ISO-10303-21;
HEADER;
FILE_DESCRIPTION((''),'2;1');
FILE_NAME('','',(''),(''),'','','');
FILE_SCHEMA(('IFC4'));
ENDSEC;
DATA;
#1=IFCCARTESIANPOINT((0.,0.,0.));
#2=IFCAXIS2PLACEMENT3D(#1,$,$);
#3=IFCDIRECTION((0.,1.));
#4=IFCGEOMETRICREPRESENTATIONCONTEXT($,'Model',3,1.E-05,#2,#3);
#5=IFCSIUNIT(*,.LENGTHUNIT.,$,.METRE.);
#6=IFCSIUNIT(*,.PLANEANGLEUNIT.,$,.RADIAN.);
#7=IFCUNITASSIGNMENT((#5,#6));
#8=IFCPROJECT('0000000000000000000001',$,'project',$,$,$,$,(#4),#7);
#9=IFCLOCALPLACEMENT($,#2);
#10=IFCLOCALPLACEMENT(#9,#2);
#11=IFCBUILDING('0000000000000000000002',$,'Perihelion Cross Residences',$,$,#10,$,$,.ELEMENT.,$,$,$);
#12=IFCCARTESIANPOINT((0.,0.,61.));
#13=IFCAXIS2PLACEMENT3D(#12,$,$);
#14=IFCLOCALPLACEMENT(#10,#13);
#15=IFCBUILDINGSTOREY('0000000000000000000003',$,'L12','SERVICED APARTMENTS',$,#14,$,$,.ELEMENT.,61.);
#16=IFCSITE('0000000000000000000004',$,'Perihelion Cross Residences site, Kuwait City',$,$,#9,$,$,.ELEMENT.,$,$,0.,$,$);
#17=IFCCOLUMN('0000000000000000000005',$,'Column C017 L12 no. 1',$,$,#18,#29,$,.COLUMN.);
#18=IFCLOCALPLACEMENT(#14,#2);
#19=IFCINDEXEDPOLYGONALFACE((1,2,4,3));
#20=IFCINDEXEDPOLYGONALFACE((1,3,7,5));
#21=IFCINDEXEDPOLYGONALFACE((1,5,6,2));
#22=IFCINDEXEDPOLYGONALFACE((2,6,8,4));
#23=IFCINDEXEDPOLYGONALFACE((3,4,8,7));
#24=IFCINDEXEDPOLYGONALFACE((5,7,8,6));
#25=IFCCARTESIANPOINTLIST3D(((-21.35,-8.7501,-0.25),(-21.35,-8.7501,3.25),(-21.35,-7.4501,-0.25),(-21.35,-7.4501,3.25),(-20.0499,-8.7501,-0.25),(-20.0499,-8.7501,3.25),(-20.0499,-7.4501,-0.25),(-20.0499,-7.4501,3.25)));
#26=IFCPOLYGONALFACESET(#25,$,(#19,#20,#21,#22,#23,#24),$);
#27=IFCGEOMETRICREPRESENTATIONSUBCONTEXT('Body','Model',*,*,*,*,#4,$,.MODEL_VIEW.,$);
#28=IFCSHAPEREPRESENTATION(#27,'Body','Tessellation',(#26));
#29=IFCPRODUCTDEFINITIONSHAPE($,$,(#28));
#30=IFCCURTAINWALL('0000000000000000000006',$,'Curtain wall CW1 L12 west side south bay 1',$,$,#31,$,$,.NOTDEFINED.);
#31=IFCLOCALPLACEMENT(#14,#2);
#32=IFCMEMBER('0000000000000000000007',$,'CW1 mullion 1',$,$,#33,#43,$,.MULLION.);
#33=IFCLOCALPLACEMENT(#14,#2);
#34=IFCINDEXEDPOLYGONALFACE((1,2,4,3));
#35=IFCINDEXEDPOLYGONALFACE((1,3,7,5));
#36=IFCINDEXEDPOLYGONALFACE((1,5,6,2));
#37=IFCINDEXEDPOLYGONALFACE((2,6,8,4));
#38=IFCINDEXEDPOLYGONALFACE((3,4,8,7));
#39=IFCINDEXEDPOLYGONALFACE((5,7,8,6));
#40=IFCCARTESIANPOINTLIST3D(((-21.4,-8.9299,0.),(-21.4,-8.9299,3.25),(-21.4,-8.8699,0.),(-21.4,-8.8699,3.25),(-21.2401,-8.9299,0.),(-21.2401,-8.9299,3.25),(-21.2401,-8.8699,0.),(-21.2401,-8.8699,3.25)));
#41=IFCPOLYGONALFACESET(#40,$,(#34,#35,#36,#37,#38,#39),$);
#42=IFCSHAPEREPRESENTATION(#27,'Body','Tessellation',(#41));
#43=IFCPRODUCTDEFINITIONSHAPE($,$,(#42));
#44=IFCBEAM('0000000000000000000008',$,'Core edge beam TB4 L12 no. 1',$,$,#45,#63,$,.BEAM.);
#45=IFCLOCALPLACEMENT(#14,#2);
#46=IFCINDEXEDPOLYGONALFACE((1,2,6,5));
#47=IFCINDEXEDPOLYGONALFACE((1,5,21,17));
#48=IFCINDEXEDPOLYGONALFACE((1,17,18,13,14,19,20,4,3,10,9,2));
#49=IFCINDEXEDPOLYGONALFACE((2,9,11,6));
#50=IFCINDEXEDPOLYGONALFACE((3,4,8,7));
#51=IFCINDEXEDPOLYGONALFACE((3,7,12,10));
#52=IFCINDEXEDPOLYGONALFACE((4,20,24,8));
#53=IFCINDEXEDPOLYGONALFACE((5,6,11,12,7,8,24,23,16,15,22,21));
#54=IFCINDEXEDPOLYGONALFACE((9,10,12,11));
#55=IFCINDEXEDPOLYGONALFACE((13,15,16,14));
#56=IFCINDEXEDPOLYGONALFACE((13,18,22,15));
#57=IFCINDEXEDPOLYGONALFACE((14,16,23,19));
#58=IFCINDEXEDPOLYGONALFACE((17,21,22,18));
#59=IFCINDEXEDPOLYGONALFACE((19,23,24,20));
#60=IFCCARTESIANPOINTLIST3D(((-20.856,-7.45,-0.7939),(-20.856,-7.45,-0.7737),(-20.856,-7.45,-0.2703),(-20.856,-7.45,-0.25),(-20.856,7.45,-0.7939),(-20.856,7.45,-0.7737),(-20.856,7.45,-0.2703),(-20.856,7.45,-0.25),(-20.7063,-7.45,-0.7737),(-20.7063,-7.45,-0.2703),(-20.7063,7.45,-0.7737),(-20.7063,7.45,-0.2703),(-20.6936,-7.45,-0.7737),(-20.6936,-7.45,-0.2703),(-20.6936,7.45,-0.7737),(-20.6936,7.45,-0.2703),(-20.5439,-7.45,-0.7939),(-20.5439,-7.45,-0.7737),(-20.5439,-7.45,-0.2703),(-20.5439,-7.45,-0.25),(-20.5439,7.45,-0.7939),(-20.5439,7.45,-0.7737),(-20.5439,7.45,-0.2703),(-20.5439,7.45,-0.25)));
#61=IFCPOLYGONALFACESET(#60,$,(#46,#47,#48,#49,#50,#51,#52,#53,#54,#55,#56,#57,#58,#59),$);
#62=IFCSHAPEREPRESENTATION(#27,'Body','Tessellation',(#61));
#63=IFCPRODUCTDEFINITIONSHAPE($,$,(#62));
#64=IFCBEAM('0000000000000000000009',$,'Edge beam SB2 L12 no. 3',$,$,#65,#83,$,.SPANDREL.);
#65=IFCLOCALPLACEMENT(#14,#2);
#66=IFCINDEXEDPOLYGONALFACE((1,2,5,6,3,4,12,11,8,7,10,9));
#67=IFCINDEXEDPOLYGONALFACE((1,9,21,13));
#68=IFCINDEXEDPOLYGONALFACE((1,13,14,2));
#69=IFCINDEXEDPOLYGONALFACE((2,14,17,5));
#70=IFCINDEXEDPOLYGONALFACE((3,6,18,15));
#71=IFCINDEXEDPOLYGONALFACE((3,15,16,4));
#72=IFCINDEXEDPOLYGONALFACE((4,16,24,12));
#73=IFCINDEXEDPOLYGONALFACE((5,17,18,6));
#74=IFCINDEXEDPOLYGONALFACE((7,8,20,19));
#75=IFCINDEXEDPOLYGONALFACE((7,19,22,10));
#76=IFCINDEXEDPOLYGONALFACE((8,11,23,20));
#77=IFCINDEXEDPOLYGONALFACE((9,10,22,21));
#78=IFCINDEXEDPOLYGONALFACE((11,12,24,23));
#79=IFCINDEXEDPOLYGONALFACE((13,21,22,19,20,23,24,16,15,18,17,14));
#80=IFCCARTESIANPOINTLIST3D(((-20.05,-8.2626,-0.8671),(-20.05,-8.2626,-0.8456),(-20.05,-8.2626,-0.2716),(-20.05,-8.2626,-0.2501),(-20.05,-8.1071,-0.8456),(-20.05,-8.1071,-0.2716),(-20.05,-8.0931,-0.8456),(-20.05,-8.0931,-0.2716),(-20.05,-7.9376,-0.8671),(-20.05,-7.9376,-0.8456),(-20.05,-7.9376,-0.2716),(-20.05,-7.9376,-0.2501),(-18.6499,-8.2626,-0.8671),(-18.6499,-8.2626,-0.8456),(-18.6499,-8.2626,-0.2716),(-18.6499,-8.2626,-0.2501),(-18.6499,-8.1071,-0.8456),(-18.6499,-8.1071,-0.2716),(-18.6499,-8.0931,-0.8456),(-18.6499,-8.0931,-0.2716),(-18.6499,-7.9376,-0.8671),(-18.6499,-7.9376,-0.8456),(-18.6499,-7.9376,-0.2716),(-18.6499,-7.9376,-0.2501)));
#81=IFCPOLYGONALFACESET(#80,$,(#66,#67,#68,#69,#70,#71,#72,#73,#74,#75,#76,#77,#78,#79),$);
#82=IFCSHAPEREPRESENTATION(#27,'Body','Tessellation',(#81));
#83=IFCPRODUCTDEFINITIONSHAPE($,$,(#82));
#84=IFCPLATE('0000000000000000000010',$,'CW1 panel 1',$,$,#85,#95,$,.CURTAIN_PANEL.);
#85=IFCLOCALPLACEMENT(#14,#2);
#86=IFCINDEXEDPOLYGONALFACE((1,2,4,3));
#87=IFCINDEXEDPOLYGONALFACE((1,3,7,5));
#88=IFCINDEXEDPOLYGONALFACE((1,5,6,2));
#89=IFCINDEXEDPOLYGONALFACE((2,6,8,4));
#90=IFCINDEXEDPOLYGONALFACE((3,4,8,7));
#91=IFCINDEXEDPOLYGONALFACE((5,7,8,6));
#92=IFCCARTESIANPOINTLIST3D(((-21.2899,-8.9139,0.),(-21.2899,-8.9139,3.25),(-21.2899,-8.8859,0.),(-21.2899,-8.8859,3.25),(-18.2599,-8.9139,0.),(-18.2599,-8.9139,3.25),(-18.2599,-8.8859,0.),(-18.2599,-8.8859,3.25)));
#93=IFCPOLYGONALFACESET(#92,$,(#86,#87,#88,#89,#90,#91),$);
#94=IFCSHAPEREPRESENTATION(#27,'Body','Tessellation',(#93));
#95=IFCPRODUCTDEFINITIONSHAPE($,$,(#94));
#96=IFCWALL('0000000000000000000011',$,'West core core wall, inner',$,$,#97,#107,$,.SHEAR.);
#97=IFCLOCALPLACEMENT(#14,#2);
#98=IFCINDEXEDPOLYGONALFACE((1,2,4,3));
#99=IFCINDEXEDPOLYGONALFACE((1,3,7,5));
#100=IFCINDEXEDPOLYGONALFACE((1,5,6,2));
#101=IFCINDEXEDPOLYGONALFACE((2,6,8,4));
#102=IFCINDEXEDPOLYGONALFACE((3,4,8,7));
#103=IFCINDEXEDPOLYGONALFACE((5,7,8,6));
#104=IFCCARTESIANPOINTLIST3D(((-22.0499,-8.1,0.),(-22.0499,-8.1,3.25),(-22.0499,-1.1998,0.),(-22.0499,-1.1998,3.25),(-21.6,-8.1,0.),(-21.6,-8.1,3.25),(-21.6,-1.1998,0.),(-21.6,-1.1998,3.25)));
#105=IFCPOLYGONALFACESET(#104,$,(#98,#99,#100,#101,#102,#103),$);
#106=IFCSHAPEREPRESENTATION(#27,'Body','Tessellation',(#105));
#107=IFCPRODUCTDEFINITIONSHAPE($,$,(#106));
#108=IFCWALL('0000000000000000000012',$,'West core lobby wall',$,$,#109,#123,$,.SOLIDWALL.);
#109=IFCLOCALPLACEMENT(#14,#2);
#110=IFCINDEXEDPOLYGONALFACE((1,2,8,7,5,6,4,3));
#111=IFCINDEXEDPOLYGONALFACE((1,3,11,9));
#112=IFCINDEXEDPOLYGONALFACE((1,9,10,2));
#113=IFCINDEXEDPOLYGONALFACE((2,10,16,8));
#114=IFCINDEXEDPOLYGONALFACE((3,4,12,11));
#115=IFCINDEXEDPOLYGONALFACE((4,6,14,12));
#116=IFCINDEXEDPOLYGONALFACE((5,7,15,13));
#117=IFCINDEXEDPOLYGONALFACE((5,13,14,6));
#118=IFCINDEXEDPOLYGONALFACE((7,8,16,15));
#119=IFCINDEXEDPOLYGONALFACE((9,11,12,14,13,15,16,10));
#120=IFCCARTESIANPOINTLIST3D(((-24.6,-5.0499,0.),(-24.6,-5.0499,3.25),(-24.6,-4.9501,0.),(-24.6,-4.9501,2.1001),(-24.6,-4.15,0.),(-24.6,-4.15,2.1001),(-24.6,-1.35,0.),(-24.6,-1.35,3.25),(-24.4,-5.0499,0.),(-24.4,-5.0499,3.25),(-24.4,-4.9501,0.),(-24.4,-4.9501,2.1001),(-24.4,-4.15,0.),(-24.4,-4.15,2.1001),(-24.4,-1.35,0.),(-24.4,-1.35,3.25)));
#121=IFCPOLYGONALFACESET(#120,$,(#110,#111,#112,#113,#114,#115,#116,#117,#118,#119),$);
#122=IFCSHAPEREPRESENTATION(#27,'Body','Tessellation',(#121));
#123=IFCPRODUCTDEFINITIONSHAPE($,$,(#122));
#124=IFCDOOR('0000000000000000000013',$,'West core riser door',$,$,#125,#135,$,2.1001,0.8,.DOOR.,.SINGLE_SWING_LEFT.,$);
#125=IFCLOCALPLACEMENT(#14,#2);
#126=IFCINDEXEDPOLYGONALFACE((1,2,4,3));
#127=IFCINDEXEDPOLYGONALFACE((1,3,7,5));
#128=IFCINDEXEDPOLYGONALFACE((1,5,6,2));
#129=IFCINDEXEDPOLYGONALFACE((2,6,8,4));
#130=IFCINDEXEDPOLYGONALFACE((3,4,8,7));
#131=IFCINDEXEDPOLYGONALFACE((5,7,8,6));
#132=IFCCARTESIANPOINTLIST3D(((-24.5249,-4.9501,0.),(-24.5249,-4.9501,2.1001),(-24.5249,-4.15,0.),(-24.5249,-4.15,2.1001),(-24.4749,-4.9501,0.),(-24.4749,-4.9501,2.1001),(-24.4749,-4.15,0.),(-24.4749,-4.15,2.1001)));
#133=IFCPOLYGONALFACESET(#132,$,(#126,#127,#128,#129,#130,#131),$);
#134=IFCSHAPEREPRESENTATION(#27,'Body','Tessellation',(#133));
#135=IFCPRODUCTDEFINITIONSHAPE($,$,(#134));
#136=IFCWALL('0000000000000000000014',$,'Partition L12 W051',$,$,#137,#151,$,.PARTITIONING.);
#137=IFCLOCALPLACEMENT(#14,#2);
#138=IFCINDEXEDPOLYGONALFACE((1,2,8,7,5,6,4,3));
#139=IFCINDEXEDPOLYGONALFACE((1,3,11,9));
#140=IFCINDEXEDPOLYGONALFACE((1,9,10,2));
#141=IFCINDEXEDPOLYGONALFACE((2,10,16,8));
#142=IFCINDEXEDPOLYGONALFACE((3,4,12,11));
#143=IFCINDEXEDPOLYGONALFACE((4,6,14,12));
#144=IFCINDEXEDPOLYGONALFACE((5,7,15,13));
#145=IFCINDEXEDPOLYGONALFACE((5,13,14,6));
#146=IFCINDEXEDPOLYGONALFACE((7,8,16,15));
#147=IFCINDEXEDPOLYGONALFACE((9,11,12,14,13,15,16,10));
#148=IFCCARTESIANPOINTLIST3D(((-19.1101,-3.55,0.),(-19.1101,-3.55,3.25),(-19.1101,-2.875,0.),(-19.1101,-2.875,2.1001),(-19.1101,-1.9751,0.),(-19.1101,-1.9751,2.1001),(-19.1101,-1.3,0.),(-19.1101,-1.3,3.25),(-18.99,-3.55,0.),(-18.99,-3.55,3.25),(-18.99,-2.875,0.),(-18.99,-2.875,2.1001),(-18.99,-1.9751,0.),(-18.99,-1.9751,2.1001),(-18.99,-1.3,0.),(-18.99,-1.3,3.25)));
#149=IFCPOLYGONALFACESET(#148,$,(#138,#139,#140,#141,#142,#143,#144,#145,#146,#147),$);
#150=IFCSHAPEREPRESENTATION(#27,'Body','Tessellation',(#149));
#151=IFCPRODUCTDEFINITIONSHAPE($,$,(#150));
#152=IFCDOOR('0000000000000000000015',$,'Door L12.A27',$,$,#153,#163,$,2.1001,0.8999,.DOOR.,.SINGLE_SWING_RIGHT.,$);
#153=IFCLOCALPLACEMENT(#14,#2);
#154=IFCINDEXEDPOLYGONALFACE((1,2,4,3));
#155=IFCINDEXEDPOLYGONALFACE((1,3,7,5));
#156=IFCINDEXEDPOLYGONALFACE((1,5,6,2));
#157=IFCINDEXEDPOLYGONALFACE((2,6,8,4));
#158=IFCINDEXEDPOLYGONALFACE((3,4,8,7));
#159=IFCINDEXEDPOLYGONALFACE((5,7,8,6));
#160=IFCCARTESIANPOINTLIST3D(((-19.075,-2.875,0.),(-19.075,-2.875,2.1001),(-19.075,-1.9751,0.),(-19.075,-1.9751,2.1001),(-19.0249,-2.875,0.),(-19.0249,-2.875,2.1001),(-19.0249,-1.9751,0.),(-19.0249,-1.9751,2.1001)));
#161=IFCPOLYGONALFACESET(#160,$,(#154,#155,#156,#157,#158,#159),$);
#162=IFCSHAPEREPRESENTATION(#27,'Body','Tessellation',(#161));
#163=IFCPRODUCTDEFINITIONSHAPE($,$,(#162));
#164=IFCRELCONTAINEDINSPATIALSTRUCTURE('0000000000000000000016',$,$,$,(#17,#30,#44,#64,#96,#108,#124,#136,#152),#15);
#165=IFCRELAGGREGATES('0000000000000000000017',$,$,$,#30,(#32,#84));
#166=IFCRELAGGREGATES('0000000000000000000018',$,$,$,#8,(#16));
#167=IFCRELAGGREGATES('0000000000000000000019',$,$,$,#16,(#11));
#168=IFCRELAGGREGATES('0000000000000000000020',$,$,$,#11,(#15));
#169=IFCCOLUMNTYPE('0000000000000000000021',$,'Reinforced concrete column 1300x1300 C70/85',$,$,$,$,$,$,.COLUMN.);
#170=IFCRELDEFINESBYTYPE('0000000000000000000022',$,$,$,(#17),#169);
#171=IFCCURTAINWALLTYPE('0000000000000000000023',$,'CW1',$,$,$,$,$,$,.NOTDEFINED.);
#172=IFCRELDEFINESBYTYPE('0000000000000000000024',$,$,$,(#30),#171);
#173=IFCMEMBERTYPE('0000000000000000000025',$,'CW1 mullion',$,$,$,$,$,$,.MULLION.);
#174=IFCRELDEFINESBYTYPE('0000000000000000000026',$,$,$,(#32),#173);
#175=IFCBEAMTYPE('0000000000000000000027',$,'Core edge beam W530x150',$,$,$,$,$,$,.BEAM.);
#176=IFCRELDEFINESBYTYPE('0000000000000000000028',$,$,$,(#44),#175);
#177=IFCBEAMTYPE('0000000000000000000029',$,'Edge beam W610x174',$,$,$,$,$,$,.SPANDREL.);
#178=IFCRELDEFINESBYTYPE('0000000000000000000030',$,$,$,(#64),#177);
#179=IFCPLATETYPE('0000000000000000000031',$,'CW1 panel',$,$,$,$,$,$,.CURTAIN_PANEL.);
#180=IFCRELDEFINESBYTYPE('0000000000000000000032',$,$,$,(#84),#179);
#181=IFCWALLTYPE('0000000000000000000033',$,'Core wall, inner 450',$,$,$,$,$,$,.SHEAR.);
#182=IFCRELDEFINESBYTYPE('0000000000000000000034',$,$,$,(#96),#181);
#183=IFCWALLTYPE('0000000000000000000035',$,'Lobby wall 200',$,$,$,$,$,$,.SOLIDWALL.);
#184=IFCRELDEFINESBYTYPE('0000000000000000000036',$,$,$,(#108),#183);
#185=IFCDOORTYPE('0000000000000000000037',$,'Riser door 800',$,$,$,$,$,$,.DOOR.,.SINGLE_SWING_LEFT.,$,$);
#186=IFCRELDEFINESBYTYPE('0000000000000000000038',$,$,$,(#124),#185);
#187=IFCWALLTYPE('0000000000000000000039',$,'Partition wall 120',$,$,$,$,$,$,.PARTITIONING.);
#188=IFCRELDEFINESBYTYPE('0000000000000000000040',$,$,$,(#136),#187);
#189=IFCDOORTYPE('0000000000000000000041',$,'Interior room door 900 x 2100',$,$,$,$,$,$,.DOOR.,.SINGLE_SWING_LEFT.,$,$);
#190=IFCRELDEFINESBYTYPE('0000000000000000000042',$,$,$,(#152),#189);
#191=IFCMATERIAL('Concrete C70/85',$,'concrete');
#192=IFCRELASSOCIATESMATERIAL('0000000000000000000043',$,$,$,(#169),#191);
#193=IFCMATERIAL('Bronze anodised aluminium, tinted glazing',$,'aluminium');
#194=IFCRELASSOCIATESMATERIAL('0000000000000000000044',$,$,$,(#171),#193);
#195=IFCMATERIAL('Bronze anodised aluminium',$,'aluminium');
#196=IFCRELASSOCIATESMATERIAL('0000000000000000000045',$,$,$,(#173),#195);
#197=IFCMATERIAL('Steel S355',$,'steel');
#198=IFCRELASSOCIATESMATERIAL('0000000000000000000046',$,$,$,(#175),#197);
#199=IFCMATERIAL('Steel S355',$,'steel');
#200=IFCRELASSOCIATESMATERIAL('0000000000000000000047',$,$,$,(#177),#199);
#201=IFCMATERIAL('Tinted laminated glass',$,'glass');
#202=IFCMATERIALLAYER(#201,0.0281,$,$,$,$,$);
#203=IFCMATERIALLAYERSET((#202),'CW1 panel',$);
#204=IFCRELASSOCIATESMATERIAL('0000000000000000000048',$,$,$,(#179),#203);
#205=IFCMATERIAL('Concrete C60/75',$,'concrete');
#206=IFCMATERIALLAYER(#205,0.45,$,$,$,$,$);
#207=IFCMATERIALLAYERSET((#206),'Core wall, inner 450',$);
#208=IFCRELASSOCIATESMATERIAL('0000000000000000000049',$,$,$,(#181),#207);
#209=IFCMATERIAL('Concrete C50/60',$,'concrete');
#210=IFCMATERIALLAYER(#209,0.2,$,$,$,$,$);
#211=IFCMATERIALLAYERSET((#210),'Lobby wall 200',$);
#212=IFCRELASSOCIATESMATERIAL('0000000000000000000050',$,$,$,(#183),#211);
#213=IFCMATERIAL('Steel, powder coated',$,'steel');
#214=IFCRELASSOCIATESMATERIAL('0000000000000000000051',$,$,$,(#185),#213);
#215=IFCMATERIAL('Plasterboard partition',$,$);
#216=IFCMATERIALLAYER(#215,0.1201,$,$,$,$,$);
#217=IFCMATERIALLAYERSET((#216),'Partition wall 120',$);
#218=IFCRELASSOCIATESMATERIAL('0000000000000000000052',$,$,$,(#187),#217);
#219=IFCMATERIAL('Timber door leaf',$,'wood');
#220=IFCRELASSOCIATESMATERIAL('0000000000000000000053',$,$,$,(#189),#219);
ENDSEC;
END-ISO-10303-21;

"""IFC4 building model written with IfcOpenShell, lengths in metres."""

from ifc_helpers import new_model, si_unit, direction, frame, frame_2d, origin, origin_2d, place, context, subcontext, project, spatial, rectangle, i_section, extrude, material, layer, layer_set, material_profile, profile_set, type_object, element, fill, aggregate, save


model = new_model("IFC4")

# Units and contexts
model_context = context("Model", 3, precision=1e-05, world=origin(), true_north=direction((0.0, 1.0)))
body_context = subcontext(model_context, "Body", "Model", "MODEL_VIEW")
ifc_project = project(units=[si_unit("LENGTHUNIT", "METRE"), si_unit("PLANEANGLEUNIT", "RADIAN")], contexts=[model_context])

# Site, building, storey
site_placement = place(None, origin())
site = spatial("IfcSite", under=ifc_project, at=site_placement, Name="Perihelion Cross Residences site, Kuwait City", CompositionType="ELEMENT", RefElevation=0.0)
building_placement = place(site_placement, origin())
building = spatial("IfcBuilding", under=site, at=building_placement, Name="Perihelion Cross Residences", CompositionType="ELEMENT")
storey_placement = place(building_placement, frame((0.0, 0.0, 61.0)))
storey = spatial("IfcBuildingStorey", under=building, at=storey_placement, Name="L12", Description="SERVICED APARTMENTS", CompositionType="ELEMENT", Elevation=61.0)

# Column
ifc_material_1 = material(Name="Concrete C70/85", Category="concrete")
ifc_material_profile_1 = material_profile(ifc_material_1, rectangle(XDim=1.3, YDim=1.3, at=origin_2d()), Name="RC 1300x1300")
ifc_profile_set_1 = profile_set([ifc_material_profile_1], Name="Concrete C70/85")
column_type = type_object("IfcColumnType", Name="Reinforced concrete column 1300x1300 C70/85", PredefinedType="COLUMN", material=ifc_profile_set_1)
column_placement = place(storey_placement, frame((-20.7, -8.1001, -0.25), z_axis=(0.0, 0.0, 1.0), x_axis=(1.0, 0.0, 0.0)))
element("IfcColumn", 1, at=column_placement, inside=storey, type_object=column_type, Name="Column C017 L12 no. 1", PredefinedType="COLUMN", context=body_context, shape_type="SweptSolid", body=[
    extrude(rectangle(XDim=1.3, YDim=1.3, at=origin_2d()), origin(), (0.0, 0.0, 1.0), 3.5),
])

# Curtain wall, member
ifc_material_2 = material(Name="Bronze anodised aluminium, tinted glazing", Category="aluminium")
curtain_wall_type = type_object("IfcCurtainWallType", Name="CW1", PredefinedType="NOTDEFINED", material=ifc_material_2)
curtain_wall_placement = place(storey_placement, origin())
curtain_wall = element("IfcCurtainWall", 2, at=curtain_wall_placement, inside=storey, type_object=curtain_wall_type, Name="Curtain wall CW1 L12 west side south bay 1", PredefinedType="NOTDEFINED")
ifc_material_3 = material(Name="Bronze anodised aluminium", Category="aluminium")
ifc_material_profile_2 = material_profile(ifc_material_3, rectangle(XDim=0.0601, YDim=0.1599, at=origin_2d()), Name="CW1 mullion")
ifc_profile_set_2 = profile_set([ifc_material_profile_2], Name="Bronze anodised aluminium")
member_type = type_object("IfcMemberType", Name="CW1 mullion", PredefinedType="MULLION", material=ifc_profile_set_2)
member_placement = place(storey_placement, frame((-21.3201, -8.8999, 0.0), z_axis=(0.0, 0.0, 1.0), x_axis=(0.0, 1.0, 0.0)))
member = element("IfcMember", 3, at=member_placement, type_object=member_type, Name="CW1 mullion 1", PredefinedType="MULLION", context=body_context, shape_type="SweptSolid", body=[
    extrude(rectangle(XDim=0.0601, YDim=0.1599, at=origin_2d()), origin(), (0.0, 0.0, 1.0), 3.25),
])

# Beams
ifc_material_4 = material(Name="Steel S355", Category="steel")
ifc_material_profile_3 = material_profile(ifc_material_4, i_section(OverallWidth=0.312, OverallDepth=0.5439, WebThickness=0.0127, FlangeThickness=0.0203, at=origin_2d()), Name="W530x150")
ifc_profile_set_3 = profile_set([ifc_material_profile_3], Name="Steel S355")
beam_type_1 = type_object("IfcBeamType", Name="Core edge beam W530x150", PredefinedType="BEAM", material=ifc_profile_set_3)
beam_1_placement = place(storey_placement, frame((-20.7, -7.45, -0.522), z_axis=(0.0, 1.0, 0.0), x_axis=(-1.0, 0.0, 0.0)))
element("IfcBeam", 4, at=beam_1_placement, inside=storey, type_object=beam_type_1, Name="Core edge beam TB4 L12 no. 1", PredefinedType="BEAM", context=body_context, shape_type="SweptSolid", body=[
    extrude(i_section(OverallWidth=0.312, OverallDepth=0.5439, WebThickness=0.0127, FlangeThickness=0.0203, at=origin_2d()), origin(), (0.0, 0.0, 1.0), 14.8999),
])
ifc_material_5 = material(Name="Steel S355", Category="steel")
ifc_material_profile_4 = material_profile(ifc_material_5, i_section(OverallWidth=0.325, OverallDepth=0.6169, WebThickness=0.0139, FlangeThickness=0.0215, at=origin_2d()), Name="W610x174")
ifc_profile_set_4 = profile_set([ifc_material_profile_4], Name="Steel S355")
beam_type_2 = type_object("IfcBeamType", Name="Edge beam W610x174", PredefinedType="SPANDREL", material=ifc_profile_set_4)
beam_2_placement = place(storey_placement, frame((-20.05, -8.1001, -0.5586), z_axis=(1.0, 0.0, 0.0), x_axis=(0.0, 1.0, 0.0)))
element("IfcBeam", 5, at=beam_2_placement, inside=storey, type_object=beam_type_2, Name="Edge beam SB2 L12 no. 3", PredefinedType="SPANDREL", context=body_context, shape_type="SweptSolid", body=[
    extrude(i_section(OverallWidth=0.325, OverallDepth=0.6169, WebThickness=0.0139, FlangeThickness=0.0215, at=origin_2d()), origin(), (0.0, 0.0, 1.0), 1.4001),
])

# Plate
ifc_material_6 = material(Name="Tinted laminated glass", Category="glass")
ifc_layer_1 = layer(ifc_material_6, 0.0281)
ifc_layer_set_1 = layer_set([ifc_layer_1], Name="CW1 panel")
plate_type = type_object("IfcPlateType", Name="CW1 panel", PredefinedType="CURTAIN_PANEL", material=ifc_layer_set_1)
plate_placement = place(storey_placement, frame((-19.7749, -8.8999, 0.0), z_axis=(0.0, 0.0, 1.0), x_axis=(1.0, 0.0, 0.0)))
plate = element("IfcPlate", 6, at=plate_placement, type_object=plate_type, Name="CW1 panel 1", PredefinedType="CURTAIN_PANEL", context=body_context, shape_type="SweptSolid", body=[
    extrude(rectangle(XDim=3.03, YDim=0.0281, at=origin_2d()), origin(), (0.0, 0.0, 1.0), 3.25),
])
aggregate(curtain_wall, [member, plate])

# Wall
ifc_material_7 = material(Name="Concrete C60/75", Category="concrete")
ifc_layer_2 = layer(ifc_material_7, 0.45)
ifc_layer_set_2 = layer_set([ifc_layer_2], Name="Core wall, inner 450")
wall_type_1 = type_object("IfcWallType", Name="Core wall, inner 450", PredefinedType="SHEAR", material=ifc_layer_set_2)
wall_1_placement = place(storey_placement, frame((-21.825, -8.1001, 0.0), z_axis=(0.0, 0.0, 1.0), x_axis=(0.0, 1.0, 0.0)))
element("IfcWall", 7, at=wall_1_placement, inside=storey, type_object=wall_type_1, Name="West core core wall, inner", PredefinedType="SHEAR", context=body_context, shape_type="SweptSolid", body=[
    extrude(rectangle(XDim=6.9001, YDim=0.45, at=frame_2d((3.4502, 0.0))), origin(), (0.0, 0.0, 1.0), 3.25),
])

# Walls, openings, doors
ifc_material_8 = material(Name="Concrete C50/60", Category="concrete")
ifc_layer_3 = layer(ifc_material_8, 0.2)
ifc_layer_set_3 = layer_set([ifc_layer_3], Name="Lobby wall 200")
wall_type_2 = type_object("IfcWallType", Name="Lobby wall 200", PredefinedType="SOLIDWALL", material=ifc_layer_set_3)
wall_2_placement = place(storey_placement, frame((-24.5, -5.05, 0.0), z_axis=(0.0, 0.0, 1.0), x_axis=(0.0, 1.0, 0.0)))
wall_2 = element("IfcWall", 8, at=wall_2_placement, inside=storey, type_object=wall_type_2, Name="West core lobby wall", PredefinedType="SOLIDWALL", context=body_context, shape_type="SweptSolid", body=[
    extrude(rectangle(XDim=3.7, YDim=0.2, at=frame_2d((1.8501, 0.0))), origin(), (0.0, 0.0, 1.0), 3.25),
])
opening_1_placement = place(wall_2_placement, frame((0.1001, 0.0, 0.0)))
opening_1 = element("IfcOpeningElement", 9, at=opening_1_placement, cuts=wall_2, PredefinedType="OPENING", context=body_context, shape_type="SweptSolid", body=[
    extrude(rectangle(XDim=0.8, YDim=2.1001, at=frame_2d((0.3999, 1.05))), frame((0.0, 0.1099, 0.0), z_axis=(0.0, -1.0, 0.0), x_axis=(1.0, 0.0, 0.0)), (0.0, 0.0, 1.0), 0.22),
])
ifc_material_9 = material(Name="Steel, powder coated", Category="steel")
door_type_1 = type_object("IfcDoorType", Name="Riser door 800", OperationType="SINGLE_SWING_LEFT", PredefinedType="DOOR", material=ifc_material_9)
door_1_placement = place(opening_1_placement, origin())
door_1 = element("IfcDoor", 10, at=door_1_placement, inside=storey, type_object=door_type_1, Name="West core riser door", OperationType="SINGLE_SWING_LEFT", OverallHeight=2.1001, OverallWidth=0.8, PredefinedType="DOOR", context=body_context, shape_type="SweptSolid", body=[
    extrude(rectangle(XDim=0.8, YDim=2.1001, at=frame_2d((0.3999, 1.05))), frame((0.0, 0.0249, 0.0), z_axis=(0.0, -1.0, 0.0), x_axis=(1.0, 0.0, 0.0)), (0.0, 0.0, 1.0), 0.05),
])
fill(opening_1, door_1)
ifc_material_10 = material(Name="Plasterboard partition")
ifc_layer_4 = layer(ifc_material_10, 0.1201)
ifc_layer_set_4 = layer_set([ifc_layer_4], Name="Partition wall 120")
wall_type_3 = type_object("IfcWallType", Name="Partition wall 120", PredefinedType="PARTITIONING", material=ifc_layer_set_4)
wall_3_placement = place(storey_placement, frame((-19.05, -3.55, 0.0), z_axis=(0.0, 0.0, 1.0), x_axis=(0.0, 1.0, 0.0)))
wall_3 = element("IfcWall", 11, at=wall_3_placement, inside=storey, type_object=wall_type_3, Name="Partition L12 W051", PredefinedType="PARTITIONING", context=body_context, shape_type="SweptSolid", body=[
    extrude(rectangle(XDim=2.25, YDim=0.1201, at=frame_2d((1.125, 0.0))), origin(), (0.0, 0.0, 1.0), 3.25),
])
opening_2_placement = place(wall_3_placement, frame((0.675, 0.0, 0.0)))
opening_2 = element("IfcOpeningElement", 12, at=opening_2_placement, cuts=wall_3, PredefinedType="OPENING", context=body_context, shape_type="SweptSolid", body=[
    extrude(rectangle(XDim=0.8999, YDim=2.1001, at=frame_2d((0.45, 1.05))), frame((0.0, 0.0701, 0.0), z_axis=(0.0, -1.0, 0.0), x_axis=(1.0, 0.0, 0.0)), (0.0, 0.0, 1.0), 0.1401),
])
ifc_material_11 = material(Name="Timber door leaf", Category="wood")
door_type_2 = type_object("IfcDoorType", Name="Interior room door 900 x 2100", OperationType="SINGLE_SWING_LEFT", PredefinedType="DOOR", material=ifc_material_11)
door_2_placement = place(opening_2_placement, origin())
door_2 = element("IfcDoor", 13, at=door_2_placement, inside=storey, type_object=door_type_2, Name="Door L12.A27", OperationType="SINGLE_SWING_RIGHT", OverallHeight=2.1001, OverallWidth=0.8999, PredefinedType="DOOR", context=body_context, shape_type="SweptSolid", body=[
    extrude(rectangle(XDim=0.8999, YDim=2.1001, at=frame_2d((0.45, 1.05))), frame((0.0, 0.0249, 0.0), z_axis=(0.0, -1.0, 0.0), x_axis=(1.0, 0.0, 0.0)), (0.0, 0.0, 1.0), 0.05),
])
fill(opening_2, door_2)

save(model, "model.ifc")
